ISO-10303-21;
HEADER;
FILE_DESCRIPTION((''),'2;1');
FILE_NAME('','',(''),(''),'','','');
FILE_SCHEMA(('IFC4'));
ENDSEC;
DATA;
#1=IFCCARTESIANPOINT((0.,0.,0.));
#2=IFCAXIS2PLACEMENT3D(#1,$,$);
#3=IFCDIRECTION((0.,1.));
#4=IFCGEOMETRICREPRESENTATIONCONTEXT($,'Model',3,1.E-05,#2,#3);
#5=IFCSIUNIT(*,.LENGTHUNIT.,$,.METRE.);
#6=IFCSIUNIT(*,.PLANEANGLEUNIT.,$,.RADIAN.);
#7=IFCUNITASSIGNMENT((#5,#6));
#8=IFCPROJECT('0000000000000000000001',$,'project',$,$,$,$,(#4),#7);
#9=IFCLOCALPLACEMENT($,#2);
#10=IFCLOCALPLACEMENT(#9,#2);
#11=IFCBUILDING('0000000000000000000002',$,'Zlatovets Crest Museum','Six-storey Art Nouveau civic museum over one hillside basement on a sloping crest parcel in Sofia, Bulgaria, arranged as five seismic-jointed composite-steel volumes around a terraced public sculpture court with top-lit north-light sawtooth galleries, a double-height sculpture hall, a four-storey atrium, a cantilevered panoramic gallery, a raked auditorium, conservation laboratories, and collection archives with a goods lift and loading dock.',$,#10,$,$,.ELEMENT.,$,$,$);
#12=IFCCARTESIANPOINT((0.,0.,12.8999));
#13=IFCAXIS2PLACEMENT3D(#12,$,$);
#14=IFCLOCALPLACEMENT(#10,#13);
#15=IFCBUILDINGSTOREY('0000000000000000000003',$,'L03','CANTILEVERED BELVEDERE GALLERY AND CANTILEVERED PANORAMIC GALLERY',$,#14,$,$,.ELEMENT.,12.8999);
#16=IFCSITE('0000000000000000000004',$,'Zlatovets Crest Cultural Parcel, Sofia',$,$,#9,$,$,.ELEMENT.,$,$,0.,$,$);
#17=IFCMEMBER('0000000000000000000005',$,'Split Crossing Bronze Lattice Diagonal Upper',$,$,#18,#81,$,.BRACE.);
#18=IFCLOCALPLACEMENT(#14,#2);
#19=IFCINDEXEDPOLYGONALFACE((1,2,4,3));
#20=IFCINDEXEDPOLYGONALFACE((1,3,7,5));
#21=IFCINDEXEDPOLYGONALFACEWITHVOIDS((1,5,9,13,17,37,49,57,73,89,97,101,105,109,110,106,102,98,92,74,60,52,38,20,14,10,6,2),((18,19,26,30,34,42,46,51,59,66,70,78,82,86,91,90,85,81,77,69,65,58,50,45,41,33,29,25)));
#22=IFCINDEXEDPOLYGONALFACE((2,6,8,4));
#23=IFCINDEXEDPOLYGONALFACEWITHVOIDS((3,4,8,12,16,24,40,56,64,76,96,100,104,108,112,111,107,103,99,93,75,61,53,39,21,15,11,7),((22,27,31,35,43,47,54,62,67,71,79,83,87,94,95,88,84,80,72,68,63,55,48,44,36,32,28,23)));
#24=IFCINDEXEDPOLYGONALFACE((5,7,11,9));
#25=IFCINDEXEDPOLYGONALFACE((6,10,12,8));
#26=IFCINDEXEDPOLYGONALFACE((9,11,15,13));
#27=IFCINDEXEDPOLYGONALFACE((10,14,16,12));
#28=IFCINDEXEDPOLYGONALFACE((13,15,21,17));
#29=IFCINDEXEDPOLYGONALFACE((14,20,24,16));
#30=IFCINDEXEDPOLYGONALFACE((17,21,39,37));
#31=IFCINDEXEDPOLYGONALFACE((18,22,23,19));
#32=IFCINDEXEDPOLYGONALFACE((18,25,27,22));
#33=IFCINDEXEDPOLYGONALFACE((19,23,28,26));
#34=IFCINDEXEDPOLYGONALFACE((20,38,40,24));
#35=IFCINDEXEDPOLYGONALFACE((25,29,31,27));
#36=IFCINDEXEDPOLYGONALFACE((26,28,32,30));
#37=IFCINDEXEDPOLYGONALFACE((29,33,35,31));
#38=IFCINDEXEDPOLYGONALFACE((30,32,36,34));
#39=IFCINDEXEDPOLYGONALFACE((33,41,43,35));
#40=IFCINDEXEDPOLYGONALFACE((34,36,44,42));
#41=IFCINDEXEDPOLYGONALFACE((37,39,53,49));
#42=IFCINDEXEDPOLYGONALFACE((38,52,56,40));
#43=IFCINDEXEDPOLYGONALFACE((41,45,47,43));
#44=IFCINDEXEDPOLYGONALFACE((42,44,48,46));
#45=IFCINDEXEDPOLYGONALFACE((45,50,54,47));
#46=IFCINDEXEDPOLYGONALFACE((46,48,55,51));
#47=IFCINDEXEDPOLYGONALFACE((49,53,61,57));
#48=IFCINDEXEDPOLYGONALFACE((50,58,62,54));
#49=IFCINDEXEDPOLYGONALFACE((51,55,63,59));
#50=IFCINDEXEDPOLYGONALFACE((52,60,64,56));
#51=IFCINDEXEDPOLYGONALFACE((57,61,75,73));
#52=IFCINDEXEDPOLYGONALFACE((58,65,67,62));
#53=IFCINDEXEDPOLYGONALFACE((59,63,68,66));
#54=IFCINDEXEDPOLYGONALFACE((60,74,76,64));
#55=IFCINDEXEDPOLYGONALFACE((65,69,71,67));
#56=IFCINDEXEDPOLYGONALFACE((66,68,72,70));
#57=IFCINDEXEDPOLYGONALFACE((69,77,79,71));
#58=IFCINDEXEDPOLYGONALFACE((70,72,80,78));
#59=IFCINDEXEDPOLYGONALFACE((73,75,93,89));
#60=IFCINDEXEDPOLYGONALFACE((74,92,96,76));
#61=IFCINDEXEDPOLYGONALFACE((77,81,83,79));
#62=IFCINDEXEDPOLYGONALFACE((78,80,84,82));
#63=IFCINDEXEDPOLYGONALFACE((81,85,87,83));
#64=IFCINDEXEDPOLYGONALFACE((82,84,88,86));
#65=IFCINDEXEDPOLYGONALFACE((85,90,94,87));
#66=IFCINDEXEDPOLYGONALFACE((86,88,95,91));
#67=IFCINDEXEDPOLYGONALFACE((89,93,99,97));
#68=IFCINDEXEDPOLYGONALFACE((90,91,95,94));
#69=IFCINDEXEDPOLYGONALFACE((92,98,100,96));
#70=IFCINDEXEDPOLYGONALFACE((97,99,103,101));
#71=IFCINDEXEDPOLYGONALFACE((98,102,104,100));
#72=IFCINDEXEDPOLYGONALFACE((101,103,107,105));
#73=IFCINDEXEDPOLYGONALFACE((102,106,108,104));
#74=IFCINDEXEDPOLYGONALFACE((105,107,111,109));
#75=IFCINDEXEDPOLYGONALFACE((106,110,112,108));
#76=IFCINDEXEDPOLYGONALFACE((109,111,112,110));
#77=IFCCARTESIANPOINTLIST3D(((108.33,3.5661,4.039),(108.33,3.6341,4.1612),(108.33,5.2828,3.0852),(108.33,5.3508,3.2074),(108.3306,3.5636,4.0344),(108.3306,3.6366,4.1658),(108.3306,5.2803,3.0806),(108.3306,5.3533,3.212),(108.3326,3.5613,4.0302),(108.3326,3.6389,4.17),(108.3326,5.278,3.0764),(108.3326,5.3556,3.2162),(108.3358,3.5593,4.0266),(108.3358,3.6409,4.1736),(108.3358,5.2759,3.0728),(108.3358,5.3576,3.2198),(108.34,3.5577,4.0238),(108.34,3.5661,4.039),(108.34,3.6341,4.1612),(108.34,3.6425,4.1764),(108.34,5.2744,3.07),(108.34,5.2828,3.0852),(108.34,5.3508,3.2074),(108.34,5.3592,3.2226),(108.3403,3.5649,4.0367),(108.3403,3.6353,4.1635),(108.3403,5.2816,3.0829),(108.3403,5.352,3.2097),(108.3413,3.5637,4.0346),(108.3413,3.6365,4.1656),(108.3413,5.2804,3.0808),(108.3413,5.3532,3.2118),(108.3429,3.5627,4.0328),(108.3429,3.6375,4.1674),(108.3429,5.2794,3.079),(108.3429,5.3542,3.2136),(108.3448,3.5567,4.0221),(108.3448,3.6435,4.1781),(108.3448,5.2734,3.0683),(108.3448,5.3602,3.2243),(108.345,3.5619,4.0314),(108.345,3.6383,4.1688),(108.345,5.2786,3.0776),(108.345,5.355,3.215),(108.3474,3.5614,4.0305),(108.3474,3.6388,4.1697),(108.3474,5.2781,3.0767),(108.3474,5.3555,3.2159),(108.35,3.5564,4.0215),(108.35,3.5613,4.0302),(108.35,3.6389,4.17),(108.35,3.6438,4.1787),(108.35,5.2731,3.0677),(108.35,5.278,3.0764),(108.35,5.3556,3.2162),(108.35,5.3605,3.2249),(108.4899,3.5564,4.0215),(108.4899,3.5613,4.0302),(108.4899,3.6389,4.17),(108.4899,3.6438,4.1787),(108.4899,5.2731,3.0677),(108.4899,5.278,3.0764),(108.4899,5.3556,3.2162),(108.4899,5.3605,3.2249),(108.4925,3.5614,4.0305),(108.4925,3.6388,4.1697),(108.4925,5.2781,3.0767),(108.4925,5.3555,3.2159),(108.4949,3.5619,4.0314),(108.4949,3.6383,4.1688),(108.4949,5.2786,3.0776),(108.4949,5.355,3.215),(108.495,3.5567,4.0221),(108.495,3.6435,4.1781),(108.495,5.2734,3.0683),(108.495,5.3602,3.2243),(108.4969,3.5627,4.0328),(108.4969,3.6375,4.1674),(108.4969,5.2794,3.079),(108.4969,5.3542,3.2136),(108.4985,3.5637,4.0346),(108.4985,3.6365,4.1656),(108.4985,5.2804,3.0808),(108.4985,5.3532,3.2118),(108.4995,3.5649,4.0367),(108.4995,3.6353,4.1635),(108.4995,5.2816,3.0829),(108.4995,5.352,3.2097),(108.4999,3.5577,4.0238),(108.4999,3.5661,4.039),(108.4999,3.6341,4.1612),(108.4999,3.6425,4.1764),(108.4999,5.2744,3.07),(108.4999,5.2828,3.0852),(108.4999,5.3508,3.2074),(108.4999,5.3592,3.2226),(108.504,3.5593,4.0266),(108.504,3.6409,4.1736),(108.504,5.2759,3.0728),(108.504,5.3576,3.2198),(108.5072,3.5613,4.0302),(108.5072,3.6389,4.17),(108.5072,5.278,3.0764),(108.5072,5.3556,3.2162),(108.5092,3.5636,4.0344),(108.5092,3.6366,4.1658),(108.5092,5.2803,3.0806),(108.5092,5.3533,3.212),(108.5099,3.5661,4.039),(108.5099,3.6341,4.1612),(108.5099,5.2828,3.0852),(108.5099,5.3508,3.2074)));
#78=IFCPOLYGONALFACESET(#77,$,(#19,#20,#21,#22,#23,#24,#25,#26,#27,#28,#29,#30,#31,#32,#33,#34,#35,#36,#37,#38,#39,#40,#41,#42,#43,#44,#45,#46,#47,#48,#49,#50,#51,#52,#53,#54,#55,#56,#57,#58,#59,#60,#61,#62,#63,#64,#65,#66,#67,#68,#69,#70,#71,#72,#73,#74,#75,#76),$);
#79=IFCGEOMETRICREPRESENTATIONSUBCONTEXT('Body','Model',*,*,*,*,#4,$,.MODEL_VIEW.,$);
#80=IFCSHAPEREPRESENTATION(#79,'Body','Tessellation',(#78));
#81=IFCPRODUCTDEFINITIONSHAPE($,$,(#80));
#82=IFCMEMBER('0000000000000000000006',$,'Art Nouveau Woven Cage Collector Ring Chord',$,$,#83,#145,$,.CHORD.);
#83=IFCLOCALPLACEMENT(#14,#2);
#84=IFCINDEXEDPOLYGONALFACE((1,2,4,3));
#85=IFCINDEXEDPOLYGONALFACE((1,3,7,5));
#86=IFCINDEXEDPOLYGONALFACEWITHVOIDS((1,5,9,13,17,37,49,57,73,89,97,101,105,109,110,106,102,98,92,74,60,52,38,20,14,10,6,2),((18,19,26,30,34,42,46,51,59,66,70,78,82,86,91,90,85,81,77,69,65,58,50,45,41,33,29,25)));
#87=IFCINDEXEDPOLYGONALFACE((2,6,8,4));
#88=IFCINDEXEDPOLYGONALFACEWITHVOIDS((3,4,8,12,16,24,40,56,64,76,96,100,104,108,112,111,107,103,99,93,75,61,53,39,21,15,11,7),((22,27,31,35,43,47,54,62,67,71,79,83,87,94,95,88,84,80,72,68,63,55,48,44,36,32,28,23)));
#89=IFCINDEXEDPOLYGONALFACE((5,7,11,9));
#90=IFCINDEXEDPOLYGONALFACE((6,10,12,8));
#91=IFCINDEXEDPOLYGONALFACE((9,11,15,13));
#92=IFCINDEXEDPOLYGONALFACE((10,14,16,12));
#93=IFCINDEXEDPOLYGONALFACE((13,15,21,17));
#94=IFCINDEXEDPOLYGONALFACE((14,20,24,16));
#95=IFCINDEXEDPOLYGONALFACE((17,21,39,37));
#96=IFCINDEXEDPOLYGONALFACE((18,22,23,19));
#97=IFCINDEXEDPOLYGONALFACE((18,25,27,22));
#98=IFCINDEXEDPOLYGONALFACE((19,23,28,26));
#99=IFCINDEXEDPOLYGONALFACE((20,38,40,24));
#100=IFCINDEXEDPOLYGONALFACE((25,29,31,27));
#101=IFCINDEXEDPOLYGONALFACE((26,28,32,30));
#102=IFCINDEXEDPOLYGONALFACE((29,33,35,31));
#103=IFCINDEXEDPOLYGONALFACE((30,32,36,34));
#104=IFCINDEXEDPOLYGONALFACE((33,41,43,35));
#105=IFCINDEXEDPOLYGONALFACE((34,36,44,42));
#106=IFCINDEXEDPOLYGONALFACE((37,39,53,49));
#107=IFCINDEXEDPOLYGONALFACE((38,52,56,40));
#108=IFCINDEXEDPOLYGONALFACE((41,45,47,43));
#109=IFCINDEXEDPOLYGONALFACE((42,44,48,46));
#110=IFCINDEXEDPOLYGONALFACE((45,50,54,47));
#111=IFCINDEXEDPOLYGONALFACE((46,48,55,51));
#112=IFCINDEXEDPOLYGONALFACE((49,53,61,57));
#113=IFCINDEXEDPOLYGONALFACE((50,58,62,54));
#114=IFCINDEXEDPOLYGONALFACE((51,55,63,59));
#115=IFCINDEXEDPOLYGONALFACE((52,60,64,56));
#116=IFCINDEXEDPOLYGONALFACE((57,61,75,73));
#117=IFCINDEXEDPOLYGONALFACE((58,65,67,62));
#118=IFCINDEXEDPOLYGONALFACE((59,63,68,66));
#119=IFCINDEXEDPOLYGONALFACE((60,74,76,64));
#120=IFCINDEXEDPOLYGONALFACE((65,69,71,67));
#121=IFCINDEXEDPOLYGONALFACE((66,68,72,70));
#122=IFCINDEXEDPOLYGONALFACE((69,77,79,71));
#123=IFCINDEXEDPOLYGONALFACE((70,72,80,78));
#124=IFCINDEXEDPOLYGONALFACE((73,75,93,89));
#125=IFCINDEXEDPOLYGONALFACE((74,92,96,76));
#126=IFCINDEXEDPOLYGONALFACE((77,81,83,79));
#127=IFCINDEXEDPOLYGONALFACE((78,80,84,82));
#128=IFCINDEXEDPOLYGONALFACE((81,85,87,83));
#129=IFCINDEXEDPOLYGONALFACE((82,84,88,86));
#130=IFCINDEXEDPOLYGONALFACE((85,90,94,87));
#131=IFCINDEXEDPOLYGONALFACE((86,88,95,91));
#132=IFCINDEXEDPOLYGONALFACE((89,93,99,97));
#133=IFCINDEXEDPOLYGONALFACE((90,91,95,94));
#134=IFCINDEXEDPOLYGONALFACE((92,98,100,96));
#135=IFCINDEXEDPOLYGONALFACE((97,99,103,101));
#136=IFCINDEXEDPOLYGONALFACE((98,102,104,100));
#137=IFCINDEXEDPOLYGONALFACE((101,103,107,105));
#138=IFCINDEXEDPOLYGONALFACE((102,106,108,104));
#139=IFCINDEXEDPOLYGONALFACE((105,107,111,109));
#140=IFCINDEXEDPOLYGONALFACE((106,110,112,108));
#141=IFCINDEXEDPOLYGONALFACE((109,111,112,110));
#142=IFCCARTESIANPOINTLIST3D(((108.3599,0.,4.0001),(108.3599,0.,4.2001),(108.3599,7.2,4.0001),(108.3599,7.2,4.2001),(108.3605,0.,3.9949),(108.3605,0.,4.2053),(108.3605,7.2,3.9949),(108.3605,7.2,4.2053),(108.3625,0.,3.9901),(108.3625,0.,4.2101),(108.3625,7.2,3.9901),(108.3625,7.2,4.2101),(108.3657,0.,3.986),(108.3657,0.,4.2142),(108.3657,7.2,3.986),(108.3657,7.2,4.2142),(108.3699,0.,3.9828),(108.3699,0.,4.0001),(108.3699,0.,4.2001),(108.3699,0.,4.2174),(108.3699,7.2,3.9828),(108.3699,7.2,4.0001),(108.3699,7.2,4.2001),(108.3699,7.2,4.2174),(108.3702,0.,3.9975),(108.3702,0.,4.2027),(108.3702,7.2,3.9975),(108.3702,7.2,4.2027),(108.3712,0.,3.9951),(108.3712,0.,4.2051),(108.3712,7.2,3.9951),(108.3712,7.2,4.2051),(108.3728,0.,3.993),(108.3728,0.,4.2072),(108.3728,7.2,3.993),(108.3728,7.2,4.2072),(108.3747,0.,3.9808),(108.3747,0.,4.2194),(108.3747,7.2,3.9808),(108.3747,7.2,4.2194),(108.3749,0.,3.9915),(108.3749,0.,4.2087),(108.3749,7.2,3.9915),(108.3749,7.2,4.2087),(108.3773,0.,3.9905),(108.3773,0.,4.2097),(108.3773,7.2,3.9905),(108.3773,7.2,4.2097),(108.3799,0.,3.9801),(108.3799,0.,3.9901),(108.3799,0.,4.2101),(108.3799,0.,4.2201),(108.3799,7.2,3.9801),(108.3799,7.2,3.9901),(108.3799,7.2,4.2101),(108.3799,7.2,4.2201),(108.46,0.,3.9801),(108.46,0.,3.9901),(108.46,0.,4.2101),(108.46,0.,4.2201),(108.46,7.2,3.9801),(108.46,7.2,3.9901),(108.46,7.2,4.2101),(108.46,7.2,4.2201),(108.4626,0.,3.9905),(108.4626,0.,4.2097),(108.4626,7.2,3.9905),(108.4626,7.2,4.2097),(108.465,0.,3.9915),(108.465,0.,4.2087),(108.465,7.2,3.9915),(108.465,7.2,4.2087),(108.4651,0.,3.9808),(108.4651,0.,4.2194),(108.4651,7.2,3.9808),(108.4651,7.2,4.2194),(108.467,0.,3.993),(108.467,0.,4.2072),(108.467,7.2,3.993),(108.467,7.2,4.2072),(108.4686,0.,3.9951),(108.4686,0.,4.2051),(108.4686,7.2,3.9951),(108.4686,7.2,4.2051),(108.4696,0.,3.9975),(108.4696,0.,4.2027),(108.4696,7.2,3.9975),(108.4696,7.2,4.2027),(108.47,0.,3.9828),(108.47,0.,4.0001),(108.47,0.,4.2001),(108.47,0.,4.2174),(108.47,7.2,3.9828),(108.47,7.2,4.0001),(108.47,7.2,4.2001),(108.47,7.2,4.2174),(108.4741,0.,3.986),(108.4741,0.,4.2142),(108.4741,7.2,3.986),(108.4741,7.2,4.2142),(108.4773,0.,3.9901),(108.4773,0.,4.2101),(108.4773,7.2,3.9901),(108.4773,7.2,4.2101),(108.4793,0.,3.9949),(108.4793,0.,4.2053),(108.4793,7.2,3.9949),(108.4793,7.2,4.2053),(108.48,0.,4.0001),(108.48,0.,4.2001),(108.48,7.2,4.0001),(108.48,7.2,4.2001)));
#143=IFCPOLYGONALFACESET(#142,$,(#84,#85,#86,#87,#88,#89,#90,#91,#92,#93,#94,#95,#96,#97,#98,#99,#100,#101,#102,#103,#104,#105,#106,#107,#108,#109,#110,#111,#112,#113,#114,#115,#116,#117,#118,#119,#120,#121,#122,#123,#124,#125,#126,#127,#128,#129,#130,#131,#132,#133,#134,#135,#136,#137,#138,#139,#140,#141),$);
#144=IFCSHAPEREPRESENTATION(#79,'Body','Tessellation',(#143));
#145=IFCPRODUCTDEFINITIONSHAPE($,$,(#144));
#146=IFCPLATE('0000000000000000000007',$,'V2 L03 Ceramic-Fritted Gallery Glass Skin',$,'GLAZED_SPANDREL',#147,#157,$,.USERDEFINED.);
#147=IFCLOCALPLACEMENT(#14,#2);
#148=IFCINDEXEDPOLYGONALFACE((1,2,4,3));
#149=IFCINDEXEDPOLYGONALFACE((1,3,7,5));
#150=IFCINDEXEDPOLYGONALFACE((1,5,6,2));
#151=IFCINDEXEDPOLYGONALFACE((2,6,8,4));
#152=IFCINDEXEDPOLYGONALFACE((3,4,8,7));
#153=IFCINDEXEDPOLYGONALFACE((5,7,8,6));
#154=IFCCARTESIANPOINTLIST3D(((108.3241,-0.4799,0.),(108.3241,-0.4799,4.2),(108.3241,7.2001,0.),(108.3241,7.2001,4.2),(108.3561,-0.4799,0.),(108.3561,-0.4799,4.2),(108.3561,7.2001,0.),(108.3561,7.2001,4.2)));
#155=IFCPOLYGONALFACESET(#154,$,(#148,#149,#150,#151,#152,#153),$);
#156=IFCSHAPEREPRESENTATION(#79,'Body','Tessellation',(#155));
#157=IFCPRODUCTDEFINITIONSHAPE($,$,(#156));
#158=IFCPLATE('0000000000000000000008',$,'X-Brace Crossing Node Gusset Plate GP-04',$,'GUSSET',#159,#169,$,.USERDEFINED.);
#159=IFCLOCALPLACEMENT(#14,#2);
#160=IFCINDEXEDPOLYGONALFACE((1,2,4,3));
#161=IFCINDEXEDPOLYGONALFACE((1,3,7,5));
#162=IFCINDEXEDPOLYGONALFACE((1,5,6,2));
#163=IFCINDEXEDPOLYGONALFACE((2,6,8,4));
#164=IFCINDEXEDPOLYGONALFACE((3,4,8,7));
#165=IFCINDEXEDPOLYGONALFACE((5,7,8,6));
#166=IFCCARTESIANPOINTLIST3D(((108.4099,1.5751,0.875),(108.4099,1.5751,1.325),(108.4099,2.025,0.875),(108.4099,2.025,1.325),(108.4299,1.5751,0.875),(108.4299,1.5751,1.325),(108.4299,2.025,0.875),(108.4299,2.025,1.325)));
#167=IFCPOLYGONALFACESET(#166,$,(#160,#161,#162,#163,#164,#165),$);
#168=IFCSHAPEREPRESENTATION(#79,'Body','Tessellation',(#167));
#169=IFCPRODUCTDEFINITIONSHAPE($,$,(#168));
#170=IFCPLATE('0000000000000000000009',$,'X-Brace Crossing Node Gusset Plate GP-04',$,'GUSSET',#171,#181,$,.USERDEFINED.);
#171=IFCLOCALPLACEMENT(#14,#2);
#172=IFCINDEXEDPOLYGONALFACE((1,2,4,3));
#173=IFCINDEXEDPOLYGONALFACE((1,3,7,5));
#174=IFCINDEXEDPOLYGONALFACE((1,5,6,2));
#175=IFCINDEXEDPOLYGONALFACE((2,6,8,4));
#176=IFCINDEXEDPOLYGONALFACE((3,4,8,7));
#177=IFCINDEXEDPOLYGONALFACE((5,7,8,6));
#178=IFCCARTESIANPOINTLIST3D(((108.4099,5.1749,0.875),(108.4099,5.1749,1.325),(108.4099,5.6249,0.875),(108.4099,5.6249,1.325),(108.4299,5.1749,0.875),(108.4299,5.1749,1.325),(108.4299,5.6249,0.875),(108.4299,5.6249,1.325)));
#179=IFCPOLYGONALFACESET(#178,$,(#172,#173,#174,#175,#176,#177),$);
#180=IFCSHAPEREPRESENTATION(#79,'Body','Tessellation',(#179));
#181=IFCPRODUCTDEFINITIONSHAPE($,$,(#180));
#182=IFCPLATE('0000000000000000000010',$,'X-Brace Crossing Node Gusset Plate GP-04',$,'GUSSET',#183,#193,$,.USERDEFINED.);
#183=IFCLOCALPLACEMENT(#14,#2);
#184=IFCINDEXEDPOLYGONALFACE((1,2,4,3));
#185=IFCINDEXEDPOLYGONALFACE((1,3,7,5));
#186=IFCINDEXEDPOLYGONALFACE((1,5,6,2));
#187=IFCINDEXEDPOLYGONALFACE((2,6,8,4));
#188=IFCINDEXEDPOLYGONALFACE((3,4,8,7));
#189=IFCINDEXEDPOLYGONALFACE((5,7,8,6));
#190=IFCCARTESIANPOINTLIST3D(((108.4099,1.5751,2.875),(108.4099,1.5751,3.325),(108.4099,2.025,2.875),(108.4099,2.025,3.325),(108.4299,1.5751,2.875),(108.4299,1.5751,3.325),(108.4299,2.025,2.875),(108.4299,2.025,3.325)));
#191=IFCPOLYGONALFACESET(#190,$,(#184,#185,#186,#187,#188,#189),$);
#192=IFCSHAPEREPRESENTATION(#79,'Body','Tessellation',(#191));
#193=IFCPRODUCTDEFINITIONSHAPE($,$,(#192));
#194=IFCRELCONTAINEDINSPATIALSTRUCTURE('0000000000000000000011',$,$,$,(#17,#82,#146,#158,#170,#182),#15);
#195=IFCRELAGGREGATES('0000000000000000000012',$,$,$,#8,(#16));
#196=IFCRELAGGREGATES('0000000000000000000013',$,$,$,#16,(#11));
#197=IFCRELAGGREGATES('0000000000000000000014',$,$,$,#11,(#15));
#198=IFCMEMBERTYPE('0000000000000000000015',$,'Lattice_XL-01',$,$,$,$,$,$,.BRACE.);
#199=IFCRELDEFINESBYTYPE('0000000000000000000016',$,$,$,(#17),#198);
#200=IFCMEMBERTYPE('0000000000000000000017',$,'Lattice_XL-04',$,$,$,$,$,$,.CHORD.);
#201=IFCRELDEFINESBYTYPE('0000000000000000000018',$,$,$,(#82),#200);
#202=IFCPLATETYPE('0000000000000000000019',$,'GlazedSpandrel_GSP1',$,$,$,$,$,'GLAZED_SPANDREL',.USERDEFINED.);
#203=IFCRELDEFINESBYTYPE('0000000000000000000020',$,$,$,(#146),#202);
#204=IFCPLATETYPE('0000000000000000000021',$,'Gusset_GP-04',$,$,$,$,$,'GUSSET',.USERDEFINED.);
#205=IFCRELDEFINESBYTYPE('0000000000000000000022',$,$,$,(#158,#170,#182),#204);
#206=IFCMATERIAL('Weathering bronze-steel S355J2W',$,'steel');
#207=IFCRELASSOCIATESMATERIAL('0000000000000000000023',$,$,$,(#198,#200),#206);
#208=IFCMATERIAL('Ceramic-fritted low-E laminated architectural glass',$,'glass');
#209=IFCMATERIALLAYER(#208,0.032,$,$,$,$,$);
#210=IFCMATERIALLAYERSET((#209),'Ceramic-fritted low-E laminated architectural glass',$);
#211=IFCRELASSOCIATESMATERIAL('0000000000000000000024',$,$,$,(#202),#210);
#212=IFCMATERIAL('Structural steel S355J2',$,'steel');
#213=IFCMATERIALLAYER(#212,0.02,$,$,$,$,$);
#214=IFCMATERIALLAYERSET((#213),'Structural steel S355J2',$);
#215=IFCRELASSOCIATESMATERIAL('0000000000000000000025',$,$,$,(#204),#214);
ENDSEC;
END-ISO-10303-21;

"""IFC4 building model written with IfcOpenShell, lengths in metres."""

from ifc_helpers import new_model, si_unit, direction, frame, origin, origin_2d, place, context, subcontext, project, spatial, rectangle, hollow_rectangle, extrude, material, layer, layer_set, material_profile, profile_set, type_object, element, save


model = new_model("IFC4")

# Units and contexts
model_context = context("Model", 3, precision=1e-05, world=origin(), true_north=direction((0.0, 1.0)))
body_context = subcontext(model_context, "Body", "Model", "MODEL_VIEW")
ifc_project = project(units=[si_unit("LENGTHUNIT", "METRE"), si_unit("PLANEANGLEUNIT", "RADIAN")], contexts=[model_context])

# Site, building, storey
site_placement = place(None, origin())
site = spatial("IfcSite", under=ifc_project, at=site_placement, Name="Zlatovets Crest Cultural Parcel, Sofia", CompositionType="ELEMENT", RefElevation=0.0)
building_placement = place(site_placement, origin())
building = spatial("IfcBuilding", under=site, at=building_placement, Name="Zlatovets Crest Museum", Description="Six-storey Art Nouveau civic museum over one hillside basement on a sloping crest parcel in Sofia, Bulgaria, arranged as five seismic-jointed composite-steel volumes around a terraced public sculpture court with top-lit north-light sawtooth galleries, a double-height sculpture hall, a four-storey atrium, a cantilevered panoramic gallery, a raked auditorium, conservation laboratories, and collection archives with a goods lift and loading dock.", CompositionType="ELEMENT")
storey_placement = place(building_placement, frame((0.0, 0.0, 12.8999)))
storey = spatial("IfcBuildingStorey", under=building, at=storey_placement, Name="L03", Description="CANTILEVERED BELVEDERE GALLERY AND CANTILEVERED PANORAMIC GALLERY", CompositionType="ELEMENT", Elevation=12.8999)

# Shared definitions
ifc_material_1 = material(Name="Structural steel S355J2", Category="steel")

# Members
ifc_material_2 = material(Name="Weathering bronze-steel S355J2W", Category="steel")
ifc_material_profile_1 = material_profile(ifc_material_2, hollow_rectangle(XDim=0.1799, YDim=0.1799, WallThickness=0.01, InnerFilletRadius=0.01, OuterFilletRadius=0.02, at=origin_2d()), Name="SHS 180x180x10.0")
ifc_profile_set_1 = profile_set([ifc_material_profile_1], Name="Weathering bronze-steel S355J2W")
member_type_1 = type_object("IfcMemberType", Name="Lattice_XL-01", PredefinedType="BRACE", material=ifc_profile_set_1)
member_1_placement = place(storey_placement, frame((108.4199, 3.6001, 4.1001), z_axis=(0.0, 0.87414, -0.485675), x_axis=(-1.0, 0.0, 0.0)))
element("IfcMember", 1, at=member_1_placement, inside=storey, type_object=member_type_1, Name="Split Crossing Bronze Lattice Diagonal Upper", PredefinedType="BRACE", context=body_context, shape_type="SweptSolid", body=[
    extrude(hollow_rectangle(XDim=0.1799, YDim=0.1799, WallThickness=0.01, InnerFilletRadius=0.01, OuterFilletRadius=0.02, at=origin_2d()), origin(), (0.0, 0.0, 1.0), 1.9639),
])
ifc_material_profile_2 = material_profile(ifc_material_2, hollow_rectangle(XDim=0.1201, YDim=0.24, WallThickness=0.01, InnerFilletRadius=0.01, OuterFilletRadius=0.02, at=origin_2d()), Name="RHS 120x240x10.0")
ifc_profile_set_2 = profile_set([ifc_material_profile_2], Name="Weathering bronze-steel S355J2W")
member_type_2 = type_object("IfcMemberType", Name="Lattice_XL-04", PredefinedType="CHORD", material=ifc_profile_set_2)
member_2_placement = place(storey_placement, frame((108.4199, 0.0, 4.1001), z_axis=(0.0, 1.0, 0.0), x_axis=(-1.0, 0.0, 0.0)))
element("IfcMember", 2, at=member_2_placement, inside=storey, type_object=member_type_2, Name="Art Nouveau Woven Cage Collector Ring Chord", PredefinedType="CHORD", context=body_context, shape_type="SweptSolid", body=[
    extrude(hollow_rectangle(XDim=0.1201, YDim=0.24, WallThickness=0.01, InnerFilletRadius=0.01, OuterFilletRadius=0.02, at=origin_2d()), origin(), (0.0, 0.0, 1.0), 7.2),
])

# Plates
ifc_material_3 = material(Name="Ceramic-fritted low-E laminated architectural glass", Category="glass")
ifc_layer_1 = layer(ifc_material_3, 0.032)
ifc_layer_set_1 = layer_set([ifc_layer_1], Name="Ceramic-fritted low-E laminated architectural glass")
plate_type_1 = type_object("IfcPlateType", Name="GlazedSpandrel_GSP1", ElementType="GLAZED_SPANDREL", PredefinedType="USERDEFINED", material=ifc_layer_set_1)
plate_placement = place(storey_placement, frame((108.3401, 3.3601, 0.0), z_axis=(0.0, 0.0, 1.0), x_axis=(0.0, 1.0, 0.0)))
element("IfcPlate", 3, at=plate_placement, inside=storey, type_object=plate_type_1, Name="V2 L03 Ceramic-Fritted Gallery Glass Skin", ObjectType="GLAZED_SPANDREL", PredefinedType="USERDEFINED", context=body_context, shape_type="SweptSolid", body=[
    extrude(rectangle(XDim=7.6799, YDim=0.032, at=origin_2d()), origin(), (0.0, 0.0, 1.0), 4.2),
])
ifc_layer_2 = layer(ifc_material_1, 0.02)
ifc_layer_set_2 = layer_set([ifc_layer_2], Name="Structural steel S355J2")
plate_type_2 = type_object("IfcPlateType", Name="Gusset_GP-04", ElementType="GUSSET", PredefinedType="USERDEFINED", material=ifc_layer_set_2)
for number, where, z_axis, x_axis, name in (
    (4, (108.4199, 1.8, 0.875), (0.0, 0.0, 1.0), (1.0, 0.0, 0.0), "X-Brace Crossing Node Gusset Plate GP-04"),
    (5, (108.4199, 5.3999, 0.875), (0.0, 0.0, 1.0), (1.0, 0.0, 0.0), "X-Brace Crossing Node Gusset Plate GP-04"),
    (6, (108.4199, 1.8, 2.875), (0.0, 0.0, 1.0), (1.0, 0.0, 0.0), "X-Brace Crossing Node Gusset Plate GP-04"),
):
    element("IfcPlate", number, at=place(storey_placement, frame(where, z_axis=z_axis, x_axis=x_axis)), inside=storey, type_object=plate_type_2, Name=name, ObjectType="GUSSET", PredefinedType="USERDEFINED", context=body_context, shape_type="SweptSolid", body=[
        extrude(rectangle(XDim=0.02, YDim=0.45, at=origin_2d()), origin(), (0.0, 0.0, 1.0), 0.45),
    ])

save(model, "model.ifc")
